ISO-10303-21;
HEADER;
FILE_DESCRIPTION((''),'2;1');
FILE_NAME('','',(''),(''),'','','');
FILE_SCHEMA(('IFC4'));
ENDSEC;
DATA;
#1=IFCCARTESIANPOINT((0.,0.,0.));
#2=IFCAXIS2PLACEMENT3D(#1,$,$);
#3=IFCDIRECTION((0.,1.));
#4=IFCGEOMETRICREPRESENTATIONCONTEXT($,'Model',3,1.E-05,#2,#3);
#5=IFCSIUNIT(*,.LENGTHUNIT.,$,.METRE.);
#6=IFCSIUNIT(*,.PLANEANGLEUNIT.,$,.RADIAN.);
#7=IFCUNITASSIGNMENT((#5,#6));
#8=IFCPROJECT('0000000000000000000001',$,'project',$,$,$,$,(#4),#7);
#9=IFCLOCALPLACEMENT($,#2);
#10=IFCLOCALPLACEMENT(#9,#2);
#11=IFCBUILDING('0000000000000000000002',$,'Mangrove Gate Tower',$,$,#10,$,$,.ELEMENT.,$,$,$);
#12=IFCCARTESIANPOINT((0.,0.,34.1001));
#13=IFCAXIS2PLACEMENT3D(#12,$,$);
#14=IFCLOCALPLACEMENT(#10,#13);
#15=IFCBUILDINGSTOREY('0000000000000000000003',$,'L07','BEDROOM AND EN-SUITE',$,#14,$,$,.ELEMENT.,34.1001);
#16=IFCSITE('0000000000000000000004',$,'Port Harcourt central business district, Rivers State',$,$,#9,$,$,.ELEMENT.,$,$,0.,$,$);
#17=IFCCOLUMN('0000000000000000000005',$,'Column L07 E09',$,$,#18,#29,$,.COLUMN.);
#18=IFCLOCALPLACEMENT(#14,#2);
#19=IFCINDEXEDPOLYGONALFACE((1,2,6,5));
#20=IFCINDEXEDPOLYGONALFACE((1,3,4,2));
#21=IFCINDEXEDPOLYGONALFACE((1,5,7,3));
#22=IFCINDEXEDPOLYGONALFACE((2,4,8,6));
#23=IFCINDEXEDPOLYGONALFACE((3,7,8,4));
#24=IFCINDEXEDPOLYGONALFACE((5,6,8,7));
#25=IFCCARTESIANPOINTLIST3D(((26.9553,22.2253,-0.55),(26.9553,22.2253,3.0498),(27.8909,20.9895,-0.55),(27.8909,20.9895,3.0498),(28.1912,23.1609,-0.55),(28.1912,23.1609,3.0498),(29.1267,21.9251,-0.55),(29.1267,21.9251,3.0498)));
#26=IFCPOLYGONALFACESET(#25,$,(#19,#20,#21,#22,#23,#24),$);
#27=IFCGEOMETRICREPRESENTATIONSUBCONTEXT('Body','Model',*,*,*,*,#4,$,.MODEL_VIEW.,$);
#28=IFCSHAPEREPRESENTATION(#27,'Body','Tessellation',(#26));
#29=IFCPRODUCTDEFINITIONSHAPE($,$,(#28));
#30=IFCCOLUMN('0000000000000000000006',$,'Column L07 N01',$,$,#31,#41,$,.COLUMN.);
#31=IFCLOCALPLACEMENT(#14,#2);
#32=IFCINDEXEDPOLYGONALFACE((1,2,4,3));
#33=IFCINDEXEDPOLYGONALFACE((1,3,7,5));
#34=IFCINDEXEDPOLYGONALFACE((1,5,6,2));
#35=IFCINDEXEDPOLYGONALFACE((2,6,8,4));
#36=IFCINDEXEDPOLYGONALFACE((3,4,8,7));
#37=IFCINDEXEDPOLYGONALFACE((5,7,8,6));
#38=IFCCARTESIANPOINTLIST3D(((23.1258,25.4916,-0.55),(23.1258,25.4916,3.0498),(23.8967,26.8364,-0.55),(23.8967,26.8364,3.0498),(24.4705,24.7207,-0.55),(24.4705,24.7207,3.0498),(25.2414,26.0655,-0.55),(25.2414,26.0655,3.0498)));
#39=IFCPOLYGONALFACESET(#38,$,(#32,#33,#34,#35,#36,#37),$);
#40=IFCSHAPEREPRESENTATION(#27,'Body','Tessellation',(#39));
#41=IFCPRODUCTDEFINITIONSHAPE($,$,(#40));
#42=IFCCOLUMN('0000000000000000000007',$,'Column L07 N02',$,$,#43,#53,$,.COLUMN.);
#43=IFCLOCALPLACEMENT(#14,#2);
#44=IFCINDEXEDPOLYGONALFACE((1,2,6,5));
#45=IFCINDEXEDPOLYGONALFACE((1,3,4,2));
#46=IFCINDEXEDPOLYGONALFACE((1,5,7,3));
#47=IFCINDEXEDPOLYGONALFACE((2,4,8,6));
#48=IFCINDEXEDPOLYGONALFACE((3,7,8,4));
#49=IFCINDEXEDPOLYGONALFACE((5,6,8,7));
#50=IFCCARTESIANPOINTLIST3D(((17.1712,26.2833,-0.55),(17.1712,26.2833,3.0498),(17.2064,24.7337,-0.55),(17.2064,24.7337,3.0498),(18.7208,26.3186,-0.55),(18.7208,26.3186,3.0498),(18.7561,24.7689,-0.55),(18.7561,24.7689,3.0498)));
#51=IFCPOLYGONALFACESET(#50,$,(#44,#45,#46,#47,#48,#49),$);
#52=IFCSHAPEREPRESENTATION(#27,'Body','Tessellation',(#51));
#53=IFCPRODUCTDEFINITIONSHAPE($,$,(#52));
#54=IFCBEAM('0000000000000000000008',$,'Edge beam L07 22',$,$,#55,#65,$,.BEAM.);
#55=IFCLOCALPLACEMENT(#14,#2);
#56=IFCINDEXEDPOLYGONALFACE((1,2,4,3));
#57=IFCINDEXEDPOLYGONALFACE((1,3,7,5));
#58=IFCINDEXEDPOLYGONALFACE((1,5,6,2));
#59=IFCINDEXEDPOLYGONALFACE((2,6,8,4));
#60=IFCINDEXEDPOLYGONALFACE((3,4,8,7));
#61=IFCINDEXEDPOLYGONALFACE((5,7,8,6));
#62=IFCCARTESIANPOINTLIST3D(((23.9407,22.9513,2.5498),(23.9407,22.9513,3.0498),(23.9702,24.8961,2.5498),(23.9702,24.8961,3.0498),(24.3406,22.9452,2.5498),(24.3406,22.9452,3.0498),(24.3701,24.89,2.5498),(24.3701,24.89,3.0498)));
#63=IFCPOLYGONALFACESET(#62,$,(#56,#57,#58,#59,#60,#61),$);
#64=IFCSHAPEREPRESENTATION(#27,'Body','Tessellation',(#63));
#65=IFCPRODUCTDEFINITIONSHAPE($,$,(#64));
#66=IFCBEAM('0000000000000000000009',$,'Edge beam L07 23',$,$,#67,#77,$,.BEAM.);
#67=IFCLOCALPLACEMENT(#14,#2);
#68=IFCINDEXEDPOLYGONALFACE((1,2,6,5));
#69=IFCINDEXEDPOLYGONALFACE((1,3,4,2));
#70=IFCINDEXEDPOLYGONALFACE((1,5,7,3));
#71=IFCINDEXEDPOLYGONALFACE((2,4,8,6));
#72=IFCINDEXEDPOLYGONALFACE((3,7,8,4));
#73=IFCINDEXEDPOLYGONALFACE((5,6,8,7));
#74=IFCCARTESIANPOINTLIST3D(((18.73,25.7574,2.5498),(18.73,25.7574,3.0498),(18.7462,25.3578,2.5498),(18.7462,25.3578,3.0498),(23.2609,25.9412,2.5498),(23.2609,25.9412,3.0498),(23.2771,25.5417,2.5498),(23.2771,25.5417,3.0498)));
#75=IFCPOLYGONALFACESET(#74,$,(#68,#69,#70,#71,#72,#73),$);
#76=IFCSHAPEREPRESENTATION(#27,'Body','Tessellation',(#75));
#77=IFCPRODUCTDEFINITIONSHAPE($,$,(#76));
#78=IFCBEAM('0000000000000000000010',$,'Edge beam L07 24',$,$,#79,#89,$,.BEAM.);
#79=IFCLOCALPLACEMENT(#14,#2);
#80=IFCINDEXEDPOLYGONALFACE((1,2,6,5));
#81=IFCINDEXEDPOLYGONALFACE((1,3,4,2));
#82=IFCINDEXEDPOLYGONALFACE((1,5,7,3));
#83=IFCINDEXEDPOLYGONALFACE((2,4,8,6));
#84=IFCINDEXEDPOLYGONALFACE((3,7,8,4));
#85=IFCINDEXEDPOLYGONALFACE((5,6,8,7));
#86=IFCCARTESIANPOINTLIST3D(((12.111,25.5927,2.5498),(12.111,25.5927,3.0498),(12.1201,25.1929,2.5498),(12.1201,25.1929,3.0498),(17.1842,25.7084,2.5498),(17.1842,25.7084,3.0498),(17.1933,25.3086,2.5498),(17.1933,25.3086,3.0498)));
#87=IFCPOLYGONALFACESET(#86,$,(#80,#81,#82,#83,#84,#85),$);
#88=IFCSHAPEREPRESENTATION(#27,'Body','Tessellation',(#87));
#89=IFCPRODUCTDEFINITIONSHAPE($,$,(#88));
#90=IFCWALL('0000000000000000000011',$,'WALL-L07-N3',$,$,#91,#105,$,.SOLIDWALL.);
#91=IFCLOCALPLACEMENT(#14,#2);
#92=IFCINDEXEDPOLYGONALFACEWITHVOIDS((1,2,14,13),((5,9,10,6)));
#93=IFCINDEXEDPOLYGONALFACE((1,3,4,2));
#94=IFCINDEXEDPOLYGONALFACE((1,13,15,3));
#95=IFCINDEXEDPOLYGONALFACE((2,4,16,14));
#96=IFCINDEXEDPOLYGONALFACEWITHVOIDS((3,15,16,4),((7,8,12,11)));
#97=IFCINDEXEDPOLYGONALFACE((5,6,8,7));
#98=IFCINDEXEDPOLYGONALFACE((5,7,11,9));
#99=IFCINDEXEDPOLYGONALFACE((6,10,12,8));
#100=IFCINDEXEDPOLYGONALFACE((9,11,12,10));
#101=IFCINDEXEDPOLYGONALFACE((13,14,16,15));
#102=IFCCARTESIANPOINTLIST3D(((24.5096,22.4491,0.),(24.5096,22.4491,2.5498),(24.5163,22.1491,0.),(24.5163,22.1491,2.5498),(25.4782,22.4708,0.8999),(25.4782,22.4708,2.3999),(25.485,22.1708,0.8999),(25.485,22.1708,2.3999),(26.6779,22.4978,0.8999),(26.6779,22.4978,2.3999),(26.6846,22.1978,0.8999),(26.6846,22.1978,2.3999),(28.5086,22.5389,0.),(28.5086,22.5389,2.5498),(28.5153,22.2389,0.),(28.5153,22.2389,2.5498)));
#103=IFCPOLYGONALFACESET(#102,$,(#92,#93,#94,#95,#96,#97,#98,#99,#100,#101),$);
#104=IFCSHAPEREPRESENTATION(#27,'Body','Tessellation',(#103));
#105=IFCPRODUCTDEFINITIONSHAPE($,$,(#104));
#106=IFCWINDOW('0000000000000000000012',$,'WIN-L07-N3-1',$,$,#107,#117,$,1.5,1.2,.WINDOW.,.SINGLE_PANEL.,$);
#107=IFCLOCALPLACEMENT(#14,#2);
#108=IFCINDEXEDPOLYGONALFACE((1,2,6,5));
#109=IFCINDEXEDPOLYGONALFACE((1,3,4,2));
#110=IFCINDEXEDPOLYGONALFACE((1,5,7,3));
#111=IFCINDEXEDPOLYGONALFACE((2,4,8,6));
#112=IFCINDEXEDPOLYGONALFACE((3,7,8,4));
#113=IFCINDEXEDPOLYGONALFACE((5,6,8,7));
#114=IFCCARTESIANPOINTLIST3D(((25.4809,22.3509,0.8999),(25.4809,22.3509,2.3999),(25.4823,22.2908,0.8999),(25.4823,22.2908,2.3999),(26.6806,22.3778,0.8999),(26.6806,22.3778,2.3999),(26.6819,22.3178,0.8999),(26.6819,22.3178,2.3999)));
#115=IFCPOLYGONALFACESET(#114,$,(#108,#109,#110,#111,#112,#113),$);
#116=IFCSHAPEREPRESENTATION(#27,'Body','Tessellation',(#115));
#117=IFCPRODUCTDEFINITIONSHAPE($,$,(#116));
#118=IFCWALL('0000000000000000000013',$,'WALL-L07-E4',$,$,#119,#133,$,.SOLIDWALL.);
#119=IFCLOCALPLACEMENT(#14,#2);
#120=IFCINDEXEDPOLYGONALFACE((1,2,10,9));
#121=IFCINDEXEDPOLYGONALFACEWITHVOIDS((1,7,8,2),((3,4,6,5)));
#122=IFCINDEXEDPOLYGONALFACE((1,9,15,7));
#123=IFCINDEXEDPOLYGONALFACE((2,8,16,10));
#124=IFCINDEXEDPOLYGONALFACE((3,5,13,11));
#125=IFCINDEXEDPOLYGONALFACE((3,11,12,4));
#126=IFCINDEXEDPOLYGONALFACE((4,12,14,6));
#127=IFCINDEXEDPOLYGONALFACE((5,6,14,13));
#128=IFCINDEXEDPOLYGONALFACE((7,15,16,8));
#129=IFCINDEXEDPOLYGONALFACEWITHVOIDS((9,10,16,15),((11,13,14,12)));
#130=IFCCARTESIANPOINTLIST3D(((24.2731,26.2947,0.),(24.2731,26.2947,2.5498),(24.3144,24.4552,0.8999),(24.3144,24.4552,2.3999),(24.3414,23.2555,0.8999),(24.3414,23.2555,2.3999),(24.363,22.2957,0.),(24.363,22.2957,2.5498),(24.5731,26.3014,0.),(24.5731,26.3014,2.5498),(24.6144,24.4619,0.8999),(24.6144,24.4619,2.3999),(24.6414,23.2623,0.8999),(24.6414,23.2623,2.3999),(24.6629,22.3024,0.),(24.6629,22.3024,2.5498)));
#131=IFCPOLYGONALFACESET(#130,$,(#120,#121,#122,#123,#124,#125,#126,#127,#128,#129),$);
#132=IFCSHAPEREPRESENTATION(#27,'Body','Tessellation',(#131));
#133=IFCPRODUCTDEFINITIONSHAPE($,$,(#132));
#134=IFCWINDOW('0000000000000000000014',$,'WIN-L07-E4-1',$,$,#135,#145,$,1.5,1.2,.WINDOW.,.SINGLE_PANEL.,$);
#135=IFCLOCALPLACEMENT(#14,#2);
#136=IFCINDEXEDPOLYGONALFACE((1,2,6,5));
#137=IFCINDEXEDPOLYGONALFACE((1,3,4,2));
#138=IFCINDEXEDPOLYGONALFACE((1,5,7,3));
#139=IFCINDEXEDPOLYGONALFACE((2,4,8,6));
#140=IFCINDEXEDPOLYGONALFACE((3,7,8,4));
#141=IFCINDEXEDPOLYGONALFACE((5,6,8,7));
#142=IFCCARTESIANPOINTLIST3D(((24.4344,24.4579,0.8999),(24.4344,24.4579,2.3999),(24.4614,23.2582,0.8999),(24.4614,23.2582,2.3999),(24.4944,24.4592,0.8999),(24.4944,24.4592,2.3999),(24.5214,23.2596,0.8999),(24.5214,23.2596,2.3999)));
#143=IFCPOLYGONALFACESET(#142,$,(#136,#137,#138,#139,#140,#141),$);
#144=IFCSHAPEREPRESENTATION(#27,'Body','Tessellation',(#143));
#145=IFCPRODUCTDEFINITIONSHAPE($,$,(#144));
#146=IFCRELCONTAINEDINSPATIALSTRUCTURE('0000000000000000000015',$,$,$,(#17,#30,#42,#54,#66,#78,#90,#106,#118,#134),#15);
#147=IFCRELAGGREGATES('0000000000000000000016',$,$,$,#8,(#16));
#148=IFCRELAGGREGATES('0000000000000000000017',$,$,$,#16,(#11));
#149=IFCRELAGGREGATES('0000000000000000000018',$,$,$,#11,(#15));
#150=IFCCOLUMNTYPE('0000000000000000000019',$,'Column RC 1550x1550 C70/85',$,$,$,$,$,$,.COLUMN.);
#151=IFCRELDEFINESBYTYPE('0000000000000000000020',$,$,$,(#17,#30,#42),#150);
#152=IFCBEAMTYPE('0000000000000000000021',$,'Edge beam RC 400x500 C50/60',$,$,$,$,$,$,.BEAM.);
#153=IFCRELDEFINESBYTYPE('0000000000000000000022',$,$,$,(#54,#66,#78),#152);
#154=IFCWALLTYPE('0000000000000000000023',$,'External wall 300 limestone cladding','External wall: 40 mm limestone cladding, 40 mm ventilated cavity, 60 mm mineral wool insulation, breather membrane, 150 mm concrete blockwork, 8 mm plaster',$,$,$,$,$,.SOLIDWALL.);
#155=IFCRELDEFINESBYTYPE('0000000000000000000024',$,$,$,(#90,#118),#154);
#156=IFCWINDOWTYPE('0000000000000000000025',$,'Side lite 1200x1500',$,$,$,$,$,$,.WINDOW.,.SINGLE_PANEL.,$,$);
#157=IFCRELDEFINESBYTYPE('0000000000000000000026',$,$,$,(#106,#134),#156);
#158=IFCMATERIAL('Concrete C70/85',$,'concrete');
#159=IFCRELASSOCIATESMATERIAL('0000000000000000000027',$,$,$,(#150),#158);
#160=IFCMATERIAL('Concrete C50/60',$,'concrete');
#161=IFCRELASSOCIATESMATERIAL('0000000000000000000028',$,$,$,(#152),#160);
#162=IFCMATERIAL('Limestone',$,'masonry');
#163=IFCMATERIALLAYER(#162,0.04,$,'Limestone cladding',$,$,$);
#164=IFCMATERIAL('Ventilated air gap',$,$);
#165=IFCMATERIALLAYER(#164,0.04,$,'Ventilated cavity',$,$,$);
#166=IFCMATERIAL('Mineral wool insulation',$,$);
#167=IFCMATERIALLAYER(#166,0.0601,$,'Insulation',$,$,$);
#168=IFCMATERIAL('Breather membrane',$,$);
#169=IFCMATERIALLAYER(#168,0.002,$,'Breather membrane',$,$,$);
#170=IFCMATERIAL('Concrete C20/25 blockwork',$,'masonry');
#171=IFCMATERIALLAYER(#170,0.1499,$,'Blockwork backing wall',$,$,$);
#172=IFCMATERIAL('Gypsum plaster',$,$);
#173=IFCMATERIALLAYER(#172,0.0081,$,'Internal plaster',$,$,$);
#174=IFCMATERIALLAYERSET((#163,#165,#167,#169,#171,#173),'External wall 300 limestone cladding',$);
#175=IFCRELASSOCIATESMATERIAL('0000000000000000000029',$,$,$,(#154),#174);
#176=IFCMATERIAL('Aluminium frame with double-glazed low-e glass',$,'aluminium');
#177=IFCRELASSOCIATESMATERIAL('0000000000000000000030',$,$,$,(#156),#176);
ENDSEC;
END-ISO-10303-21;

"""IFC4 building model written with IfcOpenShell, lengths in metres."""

from ifc_helpers import new_model, si_unit, direction, frame, frame_2d, origin, origin_2d, place, context, subcontext, project, spatial, rectangle, extrude, material, layer, layer_set, material_profile, profile_set, type_object, element, fill, save


model = new_model("IFC4")

# Units and contexts
model_context = context("Model", 3, precision=1e-05, world=origin(), true_north=direction((0.0, 1.0)))
body_context = subcontext(model_context, "Body", "Model", "MODEL_VIEW")
ifc_project = project(units=[si_unit("LENGTHUNIT", "METRE"), si_unit("PLANEANGLEUNIT", "RADIAN")], contexts=[model_context])

# Site, building, storey
site_placement = place(None, origin())
site = spatial("IfcSite", under=ifc_project, at=site_placement, Name="Port Harcourt central business district, Rivers State", CompositionType="ELEMENT", RefElevation=0.0)
building_placement = place(site_placement, origin())
building = spatial("IfcBuilding", under=site, at=building_placement, Name="Mangrove Gate Tower", CompositionType="ELEMENT")
storey_placement = place(building_placement, frame((0.0, 0.0, 34.1001)))
storey = spatial("IfcBuildingStorey", under=building, at=storey_placement, Name="L07", Description="BEDROOM AND EN-SUITE", CompositionType="ELEMENT", Elevation=34.1001)

# Columns
ifc_material_1 = material(Name="Concrete C70/85", Category="concrete")
ifc_material_profile_1 = material_profile(ifc_material_1, rectangle(XDim=1.55, YDim=1.55, at=origin_2d()))
ifc_profile_set_1 = profile_set([ifc_material_profile_1], Name="Concrete C70/85")
column_type = type_object("IfcColumnType", Name="Column RC 1550x1550 C70/85", PredefinedType="COLUMN", material=ifc_profile_set_1)
for number, where, z_axis, x_axis, name in (
    (1, (28.041, 22.0752, -0.55), (0.0, 0.0, 1.0), (-0.603576, 0.797306, 0.0), "Column L07 E09"),
    (2, (24.1836, 25.7786, -0.55), (0.0, 0.0, 1.0), (-0.867551, 0.497349, 0.0), "Column L07 N01"),
    (3, (17.9636, 25.5261, -0.55), (0.0, 0.0, 1.0), (-0.999742, -0.022718, 0.0), "Column L07 N02"),
):
    element("IfcColumn", number, at=place(storey_placement, frame(where, z_axis=z_axis, x_axis=x_axis)), inside=storey, type_object=column_type, Name=name, PredefinedType="COLUMN", context=body_context, shape_type="SweptSolid", body=[
        extrude(rectangle(XDim=1.55, YDim=1.55, at=origin_2d()), origin(), (0.0, 0.0, 1.0), 3.5999),
    ])

# Beams
ifc_material_2 = material(Name="Concrete C50/60", Category="concrete")
ifc_material_profile_2 = material_profile(ifc_material_2, rectangle(XDim=0.3999, YDim=0.5, at=origin_2d()))
ifc_profile_set_2 = profile_set([ifc_material_profile_2], Name="Concrete C50/60")
beam_type = type_object("IfcBeamType", Name="Edge beam RC 400x500 C50/60", PredefinedType="BEAM", material=ifc_profile_set_2)
beam_1_placement = place(storey_placement, frame((24.1406, 22.9482, 2.7998), z_axis=(0.015188, 0.999885, 0.0), x_axis=(-0.999885, 0.015188, 0.0)))
element("IfcBeam", 4, at=beam_1_placement, inside=storey, type_object=beam_type, Name="Edge beam L07 22", PredefinedType="BEAM", context=body_context, shape_type="SweptSolid", body=[
    extrude(rectangle(XDim=0.3999, YDim=0.5, at=origin_2d()), origin(), (0.0, 0.0, 1.0), 1.9451),
])
beam_2_placement = place(storey_placement, frame((23.269, 25.7415, 2.7998), z_axis=(-0.999178, -0.04054, 0.0), x_axis=(0.04054, -0.999178, 0.0)))
element("IfcBeam", 5, at=beam_2_placement, inside=storey, type_object=beam_type, Name="Edge beam L07 23", PredefinedType="BEAM", context=body_context, shape_type="SweptSolid", body=[
    extrude(rectangle(XDim=0.3999, YDim=0.5, at=origin_2d()), origin(), (0.0, 0.0, 1.0), 4.5347),
])
beam_3_placement = place(storey_placement, frame((17.1887, 25.5085, 2.7998), z_axis=(-0.99974, -0.022804, 0.0), x_axis=(0.022804, -0.99974, 0.0)))
element("IfcBeam", 6, at=beam_3_placement, inside=storey, type_object=beam_type, Name="Edge beam L07 24", PredefinedType="BEAM", context=body_context, shape_type="SweptSolid", body=[
    extrude(rectangle(XDim=0.3999, YDim=0.5, at=origin_2d()), origin(), (0.0, 0.0, 1.0), 5.0745),
])

# Walls, openings, windows
ifc_material_3 = material(Name="Limestone", Category="masonry")
ifc_layer_1 = layer(ifc_material_3, 0.04, Name="Limestone cladding")
ifc_material_4 = material(Name="Ventilated air gap")
ifc_layer_2 = layer(ifc_material_4, 0.04, Name="Ventilated cavity")
ifc_material_5 = material(Name="Mineral wool insulation")
ifc_layer_3 = layer(ifc_material_5, 0.0601, Name="Insulation")
ifc_material_6 = material(Name="Breather membrane")
ifc_layer_4 = layer(ifc_material_6, 0.002, Name="Breather membrane")
ifc_material_7 = material(Name="Concrete C20/25 blockwork", Category="masonry")
ifc_layer_5 = layer(ifc_material_7, 0.1499, Name="Blockwork backing wall")
ifc_material_8 = material(Name="Gypsum plaster")
ifc_layer_6 = layer(ifc_material_8, 0.0081, Name="Internal plaster")
ifc_layer_set = layer_set([ifc_layer_1, ifc_layer_2, ifc_layer_3, ifc_layer_4, ifc_layer_5, ifc_layer_6], Name="External wall 300 limestone cladding")
wall_type = type_object("IfcWallType", Name="External wall 300 limestone cladding", Description="External wall: 40 mm limestone cladding, 40 mm ventilated cavity, 60 mm mineral wool insulation, breather membrane, 150 mm concrete blockwork, 8 mm plaster", PredefinedType="SOLIDWALL", material=ifc_layer_set)
wall_1_placement = place(storey_placement, frame((28.512, 22.3889, 0.0), z_axis=(0.0, 0.0, 1.0), x_axis=(-0.999748, -0.022461, 0.0)))
wall_1 = element("IfcWall", 7, at=wall_1_placement, inside=storey, type_object=wall_type, Name="WALL-L07-N3", PredefinedType="SOLIDWALL", context=body_context, shape_type="SweptSolid", body=[
    extrude(rectangle(XDim=4.0, YDim=0.3, at=frame_2d((2.0, 0.0))), origin(), (0.0, 0.0, 1.0), 2.5498),
])
opening_1_placement = place(wall_1_placement, frame((1.8311, 0.0, 0.8999)))
opening_1 = element("IfcOpeningElement", 8, at=opening_1_placement, cuts=wall_1, PredefinedType="OPENING", context=body_context, shape_type="SweptSolid", body=[
    extrude(rectangle(XDim=1.2, YDim=1.5, at=frame_2d((0.6001, 0.75))), frame((0.0, 0.1599, 0.0), z_axis=(0.0, -1.0, 0.0), x_axis=(1.0, 0.0, 0.0)), (0.0, 0.0, 1.0), 0.3201),
])
ifc_material_9 = material(Name="Aluminium frame with double-glazed low-e glass", Category="aluminium")
window_type_1 = type_object("IfcWindowType", Name="Side lite 1200x1500", PartitioningType="SINGLE_PANEL", PredefinedType="WINDOW", material=ifc_material_9)
window_1_placement = place(opening_1_placement, origin())
window_1 = element("IfcWindow", 9, at=window_1_placement, inside=storey, type_object=window_type_1, Name="WIN-L07-N3-1", OverallHeight=1.5, OverallWidth=1.2, PartitioningType="SINGLE_PANEL", PredefinedType="WINDOW", context=body_context, shape_type="SweptSolid", body=[
    extrude(rectangle(XDim=1.2, YDim=1.5, at=frame_2d((0.6001, 0.75))), frame((0.0, 0.03, 0.0), z_axis=(0.0, -1.0, 0.0), x_axis=(1.0, 0.0, 0.0)), (0.0, 0.0, 1.0), 0.0601),
])
fill(opening_1, window_1)
wall_2_placement = place(storey_placement, frame((24.5129, 22.2991, 0.0), z_axis=(0.0, 0.0, 1.0), x_axis=(-0.022461, 0.999748, 0.0)))
wall_2 = element("IfcWall", 10, at=wall_2_placement, inside=storey, type_object=wall_type, Name="WALL-L07-E4", PredefinedType="SOLIDWALL", context=body_context, shape_type="SweptSolid", body=[
    extrude(rectangle(XDim=4.0, YDim=0.3, at=frame_2d((2.0, 0.0))), origin(), (0.0, 0.0, 1.0), 2.5498),
])
opening_2_placement = place(wall_2_placement, frame((0.96, 0.0, 0.8999)))
opening_2 = element("IfcOpeningElement", 11, at=opening_2_placement, cuts=wall_2, PredefinedType="OPENING", context=body_context, shape_type="SweptSolid", body=[
    extrude(rectangle(XDim=1.2, YDim=1.5, at=frame_2d((0.6001, 0.75))), frame((0.0, 0.1599, 0.0), z_axis=(0.0, -1.0, 0.0), x_axis=(1.0, 0.0, 0.0)), (0.0, 0.0, 1.0), 0.3201),
])
window_2_placement = place(opening_2_placement, origin())
window_2 = element("IfcWindow", 12, at=window_2_placement, inside=storey, type_object=window_type_1, Name="WIN-L07-E4-1", OverallHeight=1.5, OverallWidth=1.2, PartitioningType="SINGLE_PANEL", PredefinedType="WINDOW", context=body_context, shape_type="SweptSolid", body=[
    extrude(rectangle(XDim=1.2, YDim=1.5, at=frame_2d((0.6001, 0.75))), frame((0.0, 0.03, 0.0), z_axis=(0.0, -1.0, 0.0), x_axis=(1.0, 0.0, 0.0)), (0.0, 0.0, 1.0), 0.0601),
])
fill(opening_2, window_2)

save(model, "model.ifc")
